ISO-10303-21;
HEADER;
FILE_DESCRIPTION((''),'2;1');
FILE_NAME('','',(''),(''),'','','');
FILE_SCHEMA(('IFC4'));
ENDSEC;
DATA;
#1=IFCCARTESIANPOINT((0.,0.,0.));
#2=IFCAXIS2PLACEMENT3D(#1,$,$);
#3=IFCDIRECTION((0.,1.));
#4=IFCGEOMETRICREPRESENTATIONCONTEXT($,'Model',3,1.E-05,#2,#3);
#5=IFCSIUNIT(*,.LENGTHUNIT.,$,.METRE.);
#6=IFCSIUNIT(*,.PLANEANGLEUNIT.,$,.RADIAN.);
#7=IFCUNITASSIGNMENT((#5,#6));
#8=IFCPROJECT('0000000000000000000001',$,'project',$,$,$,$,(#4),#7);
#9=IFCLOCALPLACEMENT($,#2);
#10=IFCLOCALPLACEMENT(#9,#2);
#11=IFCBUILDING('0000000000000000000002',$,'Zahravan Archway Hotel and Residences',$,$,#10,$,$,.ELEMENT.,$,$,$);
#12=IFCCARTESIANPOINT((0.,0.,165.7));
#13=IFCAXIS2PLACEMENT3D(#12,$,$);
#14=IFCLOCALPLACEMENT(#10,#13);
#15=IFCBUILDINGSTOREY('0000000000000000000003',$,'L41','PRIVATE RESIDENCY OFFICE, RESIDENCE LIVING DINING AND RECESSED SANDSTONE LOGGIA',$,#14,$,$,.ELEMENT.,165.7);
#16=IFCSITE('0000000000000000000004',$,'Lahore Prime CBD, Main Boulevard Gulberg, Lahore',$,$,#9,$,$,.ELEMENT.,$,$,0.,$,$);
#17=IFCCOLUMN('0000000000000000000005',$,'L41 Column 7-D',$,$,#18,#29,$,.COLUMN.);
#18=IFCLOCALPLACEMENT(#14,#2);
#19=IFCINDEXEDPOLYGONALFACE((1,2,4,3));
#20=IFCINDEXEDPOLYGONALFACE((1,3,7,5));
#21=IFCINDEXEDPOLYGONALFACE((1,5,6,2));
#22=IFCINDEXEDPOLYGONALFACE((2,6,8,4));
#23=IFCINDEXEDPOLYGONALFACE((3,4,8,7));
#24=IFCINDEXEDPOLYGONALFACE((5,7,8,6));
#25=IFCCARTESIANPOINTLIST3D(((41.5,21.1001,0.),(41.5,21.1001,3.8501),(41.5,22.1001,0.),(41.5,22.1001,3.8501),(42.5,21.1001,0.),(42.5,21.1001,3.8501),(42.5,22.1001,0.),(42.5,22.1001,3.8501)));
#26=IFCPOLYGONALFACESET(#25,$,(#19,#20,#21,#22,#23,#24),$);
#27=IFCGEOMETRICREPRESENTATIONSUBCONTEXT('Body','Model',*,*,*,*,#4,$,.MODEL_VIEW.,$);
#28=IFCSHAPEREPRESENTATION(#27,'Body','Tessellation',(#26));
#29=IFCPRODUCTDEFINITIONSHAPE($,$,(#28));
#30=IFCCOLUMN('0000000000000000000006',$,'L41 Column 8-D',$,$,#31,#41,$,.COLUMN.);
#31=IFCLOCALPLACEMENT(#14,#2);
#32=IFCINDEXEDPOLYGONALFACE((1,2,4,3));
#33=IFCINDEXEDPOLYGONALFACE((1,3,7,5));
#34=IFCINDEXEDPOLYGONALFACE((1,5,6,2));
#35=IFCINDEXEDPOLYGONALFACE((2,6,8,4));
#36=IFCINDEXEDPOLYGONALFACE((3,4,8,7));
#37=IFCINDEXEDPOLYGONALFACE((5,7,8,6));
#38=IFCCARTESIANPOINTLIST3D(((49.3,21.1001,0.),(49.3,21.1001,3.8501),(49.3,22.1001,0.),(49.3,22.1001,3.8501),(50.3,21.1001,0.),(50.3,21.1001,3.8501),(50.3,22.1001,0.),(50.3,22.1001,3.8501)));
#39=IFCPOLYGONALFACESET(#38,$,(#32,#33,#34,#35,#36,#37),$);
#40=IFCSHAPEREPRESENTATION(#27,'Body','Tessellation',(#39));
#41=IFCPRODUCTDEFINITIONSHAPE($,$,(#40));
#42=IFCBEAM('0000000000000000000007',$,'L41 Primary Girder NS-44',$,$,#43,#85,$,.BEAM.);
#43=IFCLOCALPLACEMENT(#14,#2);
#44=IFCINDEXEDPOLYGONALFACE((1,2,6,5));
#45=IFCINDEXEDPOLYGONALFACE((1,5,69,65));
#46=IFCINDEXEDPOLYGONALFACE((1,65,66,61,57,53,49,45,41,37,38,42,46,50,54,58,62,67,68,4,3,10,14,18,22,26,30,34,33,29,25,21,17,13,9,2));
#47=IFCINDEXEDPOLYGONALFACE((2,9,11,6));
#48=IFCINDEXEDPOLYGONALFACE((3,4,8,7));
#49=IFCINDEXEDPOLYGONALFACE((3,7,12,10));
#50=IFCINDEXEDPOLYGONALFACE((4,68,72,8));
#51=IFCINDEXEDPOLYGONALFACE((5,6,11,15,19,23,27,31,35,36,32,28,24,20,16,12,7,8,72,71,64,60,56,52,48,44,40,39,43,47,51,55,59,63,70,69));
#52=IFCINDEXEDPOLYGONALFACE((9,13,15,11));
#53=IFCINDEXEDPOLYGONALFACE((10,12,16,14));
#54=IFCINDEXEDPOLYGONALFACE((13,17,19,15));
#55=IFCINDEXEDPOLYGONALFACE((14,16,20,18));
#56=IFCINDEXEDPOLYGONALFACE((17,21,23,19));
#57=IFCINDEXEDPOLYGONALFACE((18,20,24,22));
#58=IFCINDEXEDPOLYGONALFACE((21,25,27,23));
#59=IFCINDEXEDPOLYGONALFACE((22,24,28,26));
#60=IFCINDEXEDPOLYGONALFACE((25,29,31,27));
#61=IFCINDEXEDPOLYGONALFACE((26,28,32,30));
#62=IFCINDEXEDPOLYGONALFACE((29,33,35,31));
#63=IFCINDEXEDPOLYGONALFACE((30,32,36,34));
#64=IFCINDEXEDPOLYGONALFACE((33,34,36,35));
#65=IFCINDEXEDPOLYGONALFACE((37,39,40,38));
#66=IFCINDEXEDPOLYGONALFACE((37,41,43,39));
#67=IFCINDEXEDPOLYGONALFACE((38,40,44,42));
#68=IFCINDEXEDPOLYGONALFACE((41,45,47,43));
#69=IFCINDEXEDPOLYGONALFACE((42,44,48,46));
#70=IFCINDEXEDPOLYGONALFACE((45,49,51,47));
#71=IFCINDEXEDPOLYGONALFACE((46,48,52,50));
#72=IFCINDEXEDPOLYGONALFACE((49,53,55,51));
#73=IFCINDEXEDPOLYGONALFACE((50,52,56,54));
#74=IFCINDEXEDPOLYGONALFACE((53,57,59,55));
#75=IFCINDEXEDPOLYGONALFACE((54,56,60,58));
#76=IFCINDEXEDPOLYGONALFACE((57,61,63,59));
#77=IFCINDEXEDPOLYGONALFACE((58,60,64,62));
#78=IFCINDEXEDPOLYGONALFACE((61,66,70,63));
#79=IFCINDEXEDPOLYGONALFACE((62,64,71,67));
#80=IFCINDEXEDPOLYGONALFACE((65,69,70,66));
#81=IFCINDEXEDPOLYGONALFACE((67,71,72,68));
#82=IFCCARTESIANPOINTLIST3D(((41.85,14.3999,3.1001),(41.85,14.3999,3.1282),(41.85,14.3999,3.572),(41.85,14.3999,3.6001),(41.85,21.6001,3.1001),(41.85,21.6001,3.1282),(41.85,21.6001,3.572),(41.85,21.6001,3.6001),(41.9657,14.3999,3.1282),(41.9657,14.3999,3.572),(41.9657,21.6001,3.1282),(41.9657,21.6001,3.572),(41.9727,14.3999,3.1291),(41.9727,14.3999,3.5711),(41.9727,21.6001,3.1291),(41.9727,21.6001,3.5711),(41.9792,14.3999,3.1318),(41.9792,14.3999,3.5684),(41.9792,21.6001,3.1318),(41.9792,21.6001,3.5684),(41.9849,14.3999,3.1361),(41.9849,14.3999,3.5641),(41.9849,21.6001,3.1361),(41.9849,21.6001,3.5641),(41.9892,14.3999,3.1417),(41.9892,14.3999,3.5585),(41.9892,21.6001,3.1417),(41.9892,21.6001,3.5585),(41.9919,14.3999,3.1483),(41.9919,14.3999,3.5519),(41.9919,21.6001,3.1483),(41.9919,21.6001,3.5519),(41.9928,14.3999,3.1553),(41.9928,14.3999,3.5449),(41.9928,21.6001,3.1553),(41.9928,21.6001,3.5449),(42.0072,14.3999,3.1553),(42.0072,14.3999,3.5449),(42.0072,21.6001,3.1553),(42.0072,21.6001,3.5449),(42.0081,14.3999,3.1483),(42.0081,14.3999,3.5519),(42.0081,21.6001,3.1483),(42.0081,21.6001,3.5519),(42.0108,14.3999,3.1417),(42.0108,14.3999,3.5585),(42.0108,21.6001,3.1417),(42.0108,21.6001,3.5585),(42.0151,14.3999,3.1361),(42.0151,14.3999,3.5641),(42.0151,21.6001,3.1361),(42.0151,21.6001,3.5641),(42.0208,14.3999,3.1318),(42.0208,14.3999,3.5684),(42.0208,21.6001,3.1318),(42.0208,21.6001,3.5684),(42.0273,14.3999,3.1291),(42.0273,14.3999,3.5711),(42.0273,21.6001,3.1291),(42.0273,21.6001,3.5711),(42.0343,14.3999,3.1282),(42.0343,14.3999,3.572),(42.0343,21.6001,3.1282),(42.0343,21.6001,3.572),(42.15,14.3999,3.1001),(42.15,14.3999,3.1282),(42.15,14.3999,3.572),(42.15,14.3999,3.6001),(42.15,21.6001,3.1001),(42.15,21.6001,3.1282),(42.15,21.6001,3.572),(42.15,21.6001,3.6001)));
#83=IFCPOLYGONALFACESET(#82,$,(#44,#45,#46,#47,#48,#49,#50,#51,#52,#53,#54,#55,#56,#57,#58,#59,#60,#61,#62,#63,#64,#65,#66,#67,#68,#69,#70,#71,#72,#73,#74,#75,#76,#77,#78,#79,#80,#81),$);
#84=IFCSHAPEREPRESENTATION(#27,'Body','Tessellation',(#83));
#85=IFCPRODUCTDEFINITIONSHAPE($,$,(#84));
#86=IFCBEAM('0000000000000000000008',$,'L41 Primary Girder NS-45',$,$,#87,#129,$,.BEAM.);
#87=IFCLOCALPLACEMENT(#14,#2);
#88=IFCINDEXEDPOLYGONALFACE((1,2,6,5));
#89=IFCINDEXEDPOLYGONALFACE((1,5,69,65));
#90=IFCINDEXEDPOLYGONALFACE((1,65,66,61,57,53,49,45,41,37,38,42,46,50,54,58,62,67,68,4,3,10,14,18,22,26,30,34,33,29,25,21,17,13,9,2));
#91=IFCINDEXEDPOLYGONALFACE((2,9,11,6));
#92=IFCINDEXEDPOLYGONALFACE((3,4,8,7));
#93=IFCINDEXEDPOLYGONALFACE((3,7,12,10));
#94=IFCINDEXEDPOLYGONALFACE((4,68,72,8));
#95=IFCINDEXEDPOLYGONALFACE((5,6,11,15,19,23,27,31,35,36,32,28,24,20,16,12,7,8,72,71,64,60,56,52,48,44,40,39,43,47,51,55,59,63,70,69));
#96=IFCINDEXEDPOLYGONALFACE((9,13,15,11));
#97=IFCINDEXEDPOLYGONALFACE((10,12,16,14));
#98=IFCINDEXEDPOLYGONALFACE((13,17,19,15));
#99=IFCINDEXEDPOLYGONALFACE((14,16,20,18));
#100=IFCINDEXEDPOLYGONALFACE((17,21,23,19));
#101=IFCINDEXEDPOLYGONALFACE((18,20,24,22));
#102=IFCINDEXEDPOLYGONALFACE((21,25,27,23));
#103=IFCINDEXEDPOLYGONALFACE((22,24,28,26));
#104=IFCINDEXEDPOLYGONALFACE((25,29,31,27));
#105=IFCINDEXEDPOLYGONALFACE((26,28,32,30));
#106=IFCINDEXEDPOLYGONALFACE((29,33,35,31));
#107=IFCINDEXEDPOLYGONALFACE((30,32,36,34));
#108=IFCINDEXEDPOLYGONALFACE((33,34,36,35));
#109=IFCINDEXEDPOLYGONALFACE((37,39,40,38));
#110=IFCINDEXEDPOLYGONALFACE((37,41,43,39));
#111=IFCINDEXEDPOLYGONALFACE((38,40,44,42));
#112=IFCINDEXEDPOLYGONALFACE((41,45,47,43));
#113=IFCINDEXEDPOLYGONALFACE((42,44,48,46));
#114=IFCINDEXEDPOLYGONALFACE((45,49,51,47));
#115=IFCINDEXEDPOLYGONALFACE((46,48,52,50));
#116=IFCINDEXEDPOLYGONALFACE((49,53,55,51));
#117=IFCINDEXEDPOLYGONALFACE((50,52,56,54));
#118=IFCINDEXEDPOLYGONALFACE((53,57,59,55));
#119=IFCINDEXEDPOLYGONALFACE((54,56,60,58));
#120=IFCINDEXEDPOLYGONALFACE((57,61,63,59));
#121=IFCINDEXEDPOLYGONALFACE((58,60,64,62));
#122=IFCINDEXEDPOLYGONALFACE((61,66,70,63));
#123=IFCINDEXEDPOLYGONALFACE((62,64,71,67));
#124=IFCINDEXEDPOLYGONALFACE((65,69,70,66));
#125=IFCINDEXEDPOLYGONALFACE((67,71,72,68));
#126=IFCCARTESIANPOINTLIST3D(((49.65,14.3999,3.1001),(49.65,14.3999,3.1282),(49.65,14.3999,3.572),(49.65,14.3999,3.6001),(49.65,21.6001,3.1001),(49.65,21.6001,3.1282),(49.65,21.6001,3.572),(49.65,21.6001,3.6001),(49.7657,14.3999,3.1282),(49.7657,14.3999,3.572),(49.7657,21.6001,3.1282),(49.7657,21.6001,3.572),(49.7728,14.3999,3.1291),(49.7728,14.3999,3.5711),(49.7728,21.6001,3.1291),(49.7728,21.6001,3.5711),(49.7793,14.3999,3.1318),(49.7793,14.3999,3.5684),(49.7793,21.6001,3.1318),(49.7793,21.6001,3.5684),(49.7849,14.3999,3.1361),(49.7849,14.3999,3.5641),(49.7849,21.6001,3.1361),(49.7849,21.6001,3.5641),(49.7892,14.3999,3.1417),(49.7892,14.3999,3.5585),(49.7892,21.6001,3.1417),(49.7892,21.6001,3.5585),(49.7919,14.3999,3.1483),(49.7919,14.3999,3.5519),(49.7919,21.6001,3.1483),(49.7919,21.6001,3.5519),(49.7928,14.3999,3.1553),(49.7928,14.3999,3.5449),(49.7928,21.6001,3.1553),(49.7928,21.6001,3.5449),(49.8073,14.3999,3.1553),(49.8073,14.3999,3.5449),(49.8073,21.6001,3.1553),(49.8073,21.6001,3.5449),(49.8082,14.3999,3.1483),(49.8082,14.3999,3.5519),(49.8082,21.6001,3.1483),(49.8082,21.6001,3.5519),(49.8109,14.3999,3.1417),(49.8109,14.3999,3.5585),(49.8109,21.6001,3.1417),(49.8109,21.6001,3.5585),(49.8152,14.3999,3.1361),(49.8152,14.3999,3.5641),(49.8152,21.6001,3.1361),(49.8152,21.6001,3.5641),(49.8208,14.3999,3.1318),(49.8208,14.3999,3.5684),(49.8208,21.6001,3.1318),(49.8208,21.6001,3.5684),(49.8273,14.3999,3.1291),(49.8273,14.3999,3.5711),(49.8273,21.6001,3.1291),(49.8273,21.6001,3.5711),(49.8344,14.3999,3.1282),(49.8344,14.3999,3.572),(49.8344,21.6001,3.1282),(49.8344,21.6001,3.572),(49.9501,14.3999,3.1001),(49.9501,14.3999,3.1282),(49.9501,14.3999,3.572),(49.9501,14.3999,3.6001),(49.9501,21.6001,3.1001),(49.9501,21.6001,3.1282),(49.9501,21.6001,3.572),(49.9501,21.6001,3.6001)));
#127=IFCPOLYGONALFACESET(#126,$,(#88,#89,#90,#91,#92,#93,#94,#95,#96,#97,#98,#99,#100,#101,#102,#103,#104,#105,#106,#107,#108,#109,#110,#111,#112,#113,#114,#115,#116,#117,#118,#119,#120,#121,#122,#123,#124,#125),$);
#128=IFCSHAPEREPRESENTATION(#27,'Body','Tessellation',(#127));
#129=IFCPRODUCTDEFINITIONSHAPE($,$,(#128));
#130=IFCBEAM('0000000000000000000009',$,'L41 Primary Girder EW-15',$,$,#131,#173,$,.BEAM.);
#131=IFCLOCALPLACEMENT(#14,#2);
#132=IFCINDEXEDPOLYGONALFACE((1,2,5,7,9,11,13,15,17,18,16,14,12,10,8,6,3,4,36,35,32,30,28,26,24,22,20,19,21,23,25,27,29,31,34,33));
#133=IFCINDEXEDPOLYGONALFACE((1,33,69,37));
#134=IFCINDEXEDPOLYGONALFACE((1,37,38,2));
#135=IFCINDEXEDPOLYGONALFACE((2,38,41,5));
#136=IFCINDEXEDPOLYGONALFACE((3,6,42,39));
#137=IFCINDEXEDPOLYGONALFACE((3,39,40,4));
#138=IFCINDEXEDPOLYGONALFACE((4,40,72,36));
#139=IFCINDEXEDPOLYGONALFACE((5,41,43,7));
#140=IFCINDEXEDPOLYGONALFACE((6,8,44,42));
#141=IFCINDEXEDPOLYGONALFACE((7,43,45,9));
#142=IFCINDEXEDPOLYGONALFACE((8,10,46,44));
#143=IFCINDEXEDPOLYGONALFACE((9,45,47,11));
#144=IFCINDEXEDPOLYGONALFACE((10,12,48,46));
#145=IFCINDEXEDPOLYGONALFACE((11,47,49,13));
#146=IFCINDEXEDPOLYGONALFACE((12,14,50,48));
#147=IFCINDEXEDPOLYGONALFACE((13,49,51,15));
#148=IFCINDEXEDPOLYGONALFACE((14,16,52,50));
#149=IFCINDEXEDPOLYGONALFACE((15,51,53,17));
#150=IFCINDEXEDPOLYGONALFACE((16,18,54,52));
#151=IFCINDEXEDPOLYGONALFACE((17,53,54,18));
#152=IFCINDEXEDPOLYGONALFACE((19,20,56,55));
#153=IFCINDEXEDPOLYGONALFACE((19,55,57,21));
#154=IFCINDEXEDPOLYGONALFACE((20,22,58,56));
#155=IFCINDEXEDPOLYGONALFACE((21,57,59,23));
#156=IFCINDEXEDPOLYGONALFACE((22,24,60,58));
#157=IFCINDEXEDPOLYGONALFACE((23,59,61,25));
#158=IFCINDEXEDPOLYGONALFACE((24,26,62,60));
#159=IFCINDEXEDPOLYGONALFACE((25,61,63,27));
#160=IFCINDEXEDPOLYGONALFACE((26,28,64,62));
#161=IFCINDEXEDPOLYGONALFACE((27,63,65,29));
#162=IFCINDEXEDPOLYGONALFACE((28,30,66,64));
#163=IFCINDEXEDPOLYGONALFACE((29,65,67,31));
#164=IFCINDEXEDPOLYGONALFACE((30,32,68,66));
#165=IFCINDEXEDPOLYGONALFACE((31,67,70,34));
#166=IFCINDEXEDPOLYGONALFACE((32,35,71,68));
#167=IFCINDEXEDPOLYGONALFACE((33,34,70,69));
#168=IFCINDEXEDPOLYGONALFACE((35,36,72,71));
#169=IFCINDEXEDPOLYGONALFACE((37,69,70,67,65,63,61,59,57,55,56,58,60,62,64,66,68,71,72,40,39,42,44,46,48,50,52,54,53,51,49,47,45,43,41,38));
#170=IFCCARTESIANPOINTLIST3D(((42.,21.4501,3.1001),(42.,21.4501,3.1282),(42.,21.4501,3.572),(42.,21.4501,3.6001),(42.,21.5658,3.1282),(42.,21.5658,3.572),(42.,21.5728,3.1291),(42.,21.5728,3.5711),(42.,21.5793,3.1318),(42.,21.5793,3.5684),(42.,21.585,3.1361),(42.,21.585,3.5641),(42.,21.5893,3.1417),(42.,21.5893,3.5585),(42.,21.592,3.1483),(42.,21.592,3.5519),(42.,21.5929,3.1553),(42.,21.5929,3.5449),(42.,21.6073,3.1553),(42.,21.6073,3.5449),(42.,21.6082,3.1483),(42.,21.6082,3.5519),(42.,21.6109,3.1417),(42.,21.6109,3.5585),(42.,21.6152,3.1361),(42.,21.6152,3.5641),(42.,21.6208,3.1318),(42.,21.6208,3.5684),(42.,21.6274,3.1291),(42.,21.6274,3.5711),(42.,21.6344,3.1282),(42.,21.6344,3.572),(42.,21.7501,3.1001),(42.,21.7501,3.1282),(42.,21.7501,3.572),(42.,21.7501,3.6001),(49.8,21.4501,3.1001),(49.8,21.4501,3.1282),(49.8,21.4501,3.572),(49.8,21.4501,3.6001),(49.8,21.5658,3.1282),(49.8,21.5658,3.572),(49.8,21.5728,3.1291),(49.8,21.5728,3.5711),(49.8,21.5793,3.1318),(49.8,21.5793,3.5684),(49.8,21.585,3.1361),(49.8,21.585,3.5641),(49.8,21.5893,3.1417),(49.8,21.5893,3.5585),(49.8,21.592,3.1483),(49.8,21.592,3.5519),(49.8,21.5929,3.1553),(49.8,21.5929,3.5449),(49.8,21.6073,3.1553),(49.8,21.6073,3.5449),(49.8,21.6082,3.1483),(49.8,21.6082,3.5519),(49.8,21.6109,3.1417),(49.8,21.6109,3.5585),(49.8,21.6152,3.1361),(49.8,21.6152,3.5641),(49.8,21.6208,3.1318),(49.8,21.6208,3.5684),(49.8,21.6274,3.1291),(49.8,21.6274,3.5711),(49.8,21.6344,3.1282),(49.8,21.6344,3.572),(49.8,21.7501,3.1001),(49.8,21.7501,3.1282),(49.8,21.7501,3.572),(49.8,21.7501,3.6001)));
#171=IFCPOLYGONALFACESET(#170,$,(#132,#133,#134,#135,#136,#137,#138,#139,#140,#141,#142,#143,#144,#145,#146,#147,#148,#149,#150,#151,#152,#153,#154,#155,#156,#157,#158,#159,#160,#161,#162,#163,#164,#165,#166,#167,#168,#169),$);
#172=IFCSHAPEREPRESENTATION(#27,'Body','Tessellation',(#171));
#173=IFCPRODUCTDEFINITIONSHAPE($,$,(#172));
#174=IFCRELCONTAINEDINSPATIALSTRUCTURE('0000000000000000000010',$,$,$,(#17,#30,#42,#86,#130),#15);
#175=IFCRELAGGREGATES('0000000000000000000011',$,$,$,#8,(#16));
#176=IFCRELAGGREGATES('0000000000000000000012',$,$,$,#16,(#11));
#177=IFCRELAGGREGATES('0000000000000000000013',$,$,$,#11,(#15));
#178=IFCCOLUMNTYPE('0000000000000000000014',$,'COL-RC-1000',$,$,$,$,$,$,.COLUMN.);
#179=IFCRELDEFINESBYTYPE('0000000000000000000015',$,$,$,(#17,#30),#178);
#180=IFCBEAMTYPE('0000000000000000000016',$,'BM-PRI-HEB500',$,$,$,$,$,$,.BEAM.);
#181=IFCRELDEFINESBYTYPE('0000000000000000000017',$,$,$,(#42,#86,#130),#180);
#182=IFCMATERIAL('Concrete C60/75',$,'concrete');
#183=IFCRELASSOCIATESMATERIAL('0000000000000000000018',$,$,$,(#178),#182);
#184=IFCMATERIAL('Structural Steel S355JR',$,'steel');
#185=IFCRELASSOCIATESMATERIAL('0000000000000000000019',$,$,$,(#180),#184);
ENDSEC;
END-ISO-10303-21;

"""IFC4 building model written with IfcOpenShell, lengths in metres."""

from ifc_helpers import new_model, si_unit, direction, frame, origin, origin_2d, place, context, subcontext, project, spatial, rectangle, i_section, extrude, source, transform, mapped, material, material_profile, profile_set, type_object, type_shapes, element, save


model = new_model("IFC4")

# Units and contexts
model_context = context("Model", 3, precision=1e-05, world=origin(), true_north=direction((0.0, 1.0)))
body_context = subcontext(model_context, "Body", "Model", "MODEL_VIEW")
ifc_project = project(units=[si_unit("LENGTHUNIT", "METRE"), si_unit("PLANEANGLEUNIT", "RADIAN")], contexts=[model_context])

# Site, building, storey
site_placement = place(None, origin())
site = spatial("IfcSite", under=ifc_project, at=site_placement, Name="Lahore Prime CBD, Main Boulevard Gulberg, Lahore", CompositionType="ELEMENT", RefElevation=0.0)
building_placement = place(site_placement, origin())
building = spatial("IfcBuilding", under=site, at=building_placement, Name="Zahravan Archway Hotel and Residences", CompositionType="ELEMENT")
storey_placement = place(building_placement, frame((0.0, 0.0, 165.7)))
storey = spatial("IfcBuildingStorey", under=building, at=storey_placement, Name="L41", Description="PRIVATE RESIDENCY OFFICE, RESIDENCE LIVING DINING AND RECESSED SANDSTONE LOGGIA", CompositionType="ELEMENT", Elevation=165.7)

# Columns
ifc_material_1 = material(Name="Concrete C60/75", Category="concrete")
ifc_material_profile_1 = material_profile(ifc_material_1, rectangle(XDim=1.0, YDim=1.0, at=origin_2d()), Name="RC-COL-1000x1000", Category="concrete")
ifc_profile_set_1 = profile_set([ifc_material_profile_1], Name="Concrete C60/75")
column_type = type_object("IfcColumnType", Name="COL-RC-1000", PredefinedType="COLUMN", material=ifc_profile_set_1)
shared_shape_1 = source(origin(), body_context, "Body", "SweptSolid", [
    extrude(rectangle(XDim=1.0, YDim=1.0, at=origin_2d()), origin(), (0.0, 0.0, 1.0), 3.8501),
])
for number, where, z_axis, x_axis, name in (
    (1, (42.0, 21.6001, 0.0), (0.0, 0.0, 1.0), (1.0, 0.0, 0.0), "L41 Column 7-D"),
    (2, (49.8, 21.6001, 0.0), (0.0, 0.0, 1.0), (1.0, 0.0, 0.0), "L41 Column 8-D"),
):
    element("IfcColumn", number, at=place(storey_placement, frame(where, z_axis=z_axis, x_axis=x_axis)), inside=storey, type_object=column_type, Name=name, PredefinedType="COLUMN", context=body_context, shape_type="MappedRepresentation", body=[
        mapped(shared_shape_1, transform((0.0, 0.0, 0.0), scale=1.0)),
    ])

# Beams
ifc_material_2 = material(Name="Structural Steel S355JR", Category="steel")
ifc_material_profile_2 = material_profile(ifc_material_2, i_section(OverallWidth=0.3, OverallDepth=0.5, WebThickness=0.0144, FlangeThickness=0.0281, FilletRadius=0.0271, at=origin_2d()), Name="HEB 500", Category="steel")
ifc_profile_set_2 = profile_set([ifc_material_profile_2], Name="Structural Steel S355JR")
beam_type = type_object("IfcBeamType", Name="BM-PRI-HEB500", PredefinedType="BEAM", material=ifc_profile_set_2)
shared_shape_2 = source(origin(), body_context, "Body", "SweptSolid", [
    extrude(i_section(OverallWidth=0.3, OverallDepth=0.5, WebThickness=0.0144, FlangeThickness=0.0281, FilletRadius=0.0271, at=origin_2d()), origin(), (0.0, 0.0, 1.0), 7.2002),
])
type_shapes(beam_type, [shared_shape_2])
for number, where, z_axis, x_axis, name in (
    (3, (42.0, 14.3999, 3.3501), (0.0, 1.0, 0.0), (-1.0, 0.0, 0.0), "L41 Primary Girder NS-44"),
    (4, (49.8, 14.3999, 3.3501), (0.0, 1.0, 0.0), (-1.0, 0.0, 0.0), "L41 Primary Girder NS-45"),
):
    element("IfcBeam", number, at=place(storey_placement, frame(where, z_axis=z_axis, x_axis=x_axis)), inside=storey, type_object=beam_type, Name=name, PredefinedType="BEAM", context=body_context, shape_type="MappedRepresentation", body=[
        mapped(shared_shape_2, transform((0.0, 0.0, 0.0), scale=1.0)),
    ])
shared_shape_3 = source(origin(), body_context, "Body", "SweptSolid", [
    extrude(i_section(OverallWidth=0.3, OverallDepth=0.5, WebThickness=0.0144, FlangeThickness=0.0281, FilletRadius=0.0271, at=origin_2d()), origin(), (0.0, 0.0, 1.0), 7.8),
])
beam_placement = place(storey_placement, frame((42.0, 21.6001, 3.3501), z_axis=(1.0, 0.0, 0.0), x_axis=(0.0, 1.0, 0.0)))
element("IfcBeam", 5, at=beam_placement, inside=storey, type_object=beam_type, Name="L41 Primary Girder EW-15", PredefinedType="BEAM", context=body_context, shape_type="MappedRepresentation", body=[
    mapped(shared_shape_3, transform((0.0, 0.0, 0.0), scale=1.0)),
])

save(model, "model.ifc")
